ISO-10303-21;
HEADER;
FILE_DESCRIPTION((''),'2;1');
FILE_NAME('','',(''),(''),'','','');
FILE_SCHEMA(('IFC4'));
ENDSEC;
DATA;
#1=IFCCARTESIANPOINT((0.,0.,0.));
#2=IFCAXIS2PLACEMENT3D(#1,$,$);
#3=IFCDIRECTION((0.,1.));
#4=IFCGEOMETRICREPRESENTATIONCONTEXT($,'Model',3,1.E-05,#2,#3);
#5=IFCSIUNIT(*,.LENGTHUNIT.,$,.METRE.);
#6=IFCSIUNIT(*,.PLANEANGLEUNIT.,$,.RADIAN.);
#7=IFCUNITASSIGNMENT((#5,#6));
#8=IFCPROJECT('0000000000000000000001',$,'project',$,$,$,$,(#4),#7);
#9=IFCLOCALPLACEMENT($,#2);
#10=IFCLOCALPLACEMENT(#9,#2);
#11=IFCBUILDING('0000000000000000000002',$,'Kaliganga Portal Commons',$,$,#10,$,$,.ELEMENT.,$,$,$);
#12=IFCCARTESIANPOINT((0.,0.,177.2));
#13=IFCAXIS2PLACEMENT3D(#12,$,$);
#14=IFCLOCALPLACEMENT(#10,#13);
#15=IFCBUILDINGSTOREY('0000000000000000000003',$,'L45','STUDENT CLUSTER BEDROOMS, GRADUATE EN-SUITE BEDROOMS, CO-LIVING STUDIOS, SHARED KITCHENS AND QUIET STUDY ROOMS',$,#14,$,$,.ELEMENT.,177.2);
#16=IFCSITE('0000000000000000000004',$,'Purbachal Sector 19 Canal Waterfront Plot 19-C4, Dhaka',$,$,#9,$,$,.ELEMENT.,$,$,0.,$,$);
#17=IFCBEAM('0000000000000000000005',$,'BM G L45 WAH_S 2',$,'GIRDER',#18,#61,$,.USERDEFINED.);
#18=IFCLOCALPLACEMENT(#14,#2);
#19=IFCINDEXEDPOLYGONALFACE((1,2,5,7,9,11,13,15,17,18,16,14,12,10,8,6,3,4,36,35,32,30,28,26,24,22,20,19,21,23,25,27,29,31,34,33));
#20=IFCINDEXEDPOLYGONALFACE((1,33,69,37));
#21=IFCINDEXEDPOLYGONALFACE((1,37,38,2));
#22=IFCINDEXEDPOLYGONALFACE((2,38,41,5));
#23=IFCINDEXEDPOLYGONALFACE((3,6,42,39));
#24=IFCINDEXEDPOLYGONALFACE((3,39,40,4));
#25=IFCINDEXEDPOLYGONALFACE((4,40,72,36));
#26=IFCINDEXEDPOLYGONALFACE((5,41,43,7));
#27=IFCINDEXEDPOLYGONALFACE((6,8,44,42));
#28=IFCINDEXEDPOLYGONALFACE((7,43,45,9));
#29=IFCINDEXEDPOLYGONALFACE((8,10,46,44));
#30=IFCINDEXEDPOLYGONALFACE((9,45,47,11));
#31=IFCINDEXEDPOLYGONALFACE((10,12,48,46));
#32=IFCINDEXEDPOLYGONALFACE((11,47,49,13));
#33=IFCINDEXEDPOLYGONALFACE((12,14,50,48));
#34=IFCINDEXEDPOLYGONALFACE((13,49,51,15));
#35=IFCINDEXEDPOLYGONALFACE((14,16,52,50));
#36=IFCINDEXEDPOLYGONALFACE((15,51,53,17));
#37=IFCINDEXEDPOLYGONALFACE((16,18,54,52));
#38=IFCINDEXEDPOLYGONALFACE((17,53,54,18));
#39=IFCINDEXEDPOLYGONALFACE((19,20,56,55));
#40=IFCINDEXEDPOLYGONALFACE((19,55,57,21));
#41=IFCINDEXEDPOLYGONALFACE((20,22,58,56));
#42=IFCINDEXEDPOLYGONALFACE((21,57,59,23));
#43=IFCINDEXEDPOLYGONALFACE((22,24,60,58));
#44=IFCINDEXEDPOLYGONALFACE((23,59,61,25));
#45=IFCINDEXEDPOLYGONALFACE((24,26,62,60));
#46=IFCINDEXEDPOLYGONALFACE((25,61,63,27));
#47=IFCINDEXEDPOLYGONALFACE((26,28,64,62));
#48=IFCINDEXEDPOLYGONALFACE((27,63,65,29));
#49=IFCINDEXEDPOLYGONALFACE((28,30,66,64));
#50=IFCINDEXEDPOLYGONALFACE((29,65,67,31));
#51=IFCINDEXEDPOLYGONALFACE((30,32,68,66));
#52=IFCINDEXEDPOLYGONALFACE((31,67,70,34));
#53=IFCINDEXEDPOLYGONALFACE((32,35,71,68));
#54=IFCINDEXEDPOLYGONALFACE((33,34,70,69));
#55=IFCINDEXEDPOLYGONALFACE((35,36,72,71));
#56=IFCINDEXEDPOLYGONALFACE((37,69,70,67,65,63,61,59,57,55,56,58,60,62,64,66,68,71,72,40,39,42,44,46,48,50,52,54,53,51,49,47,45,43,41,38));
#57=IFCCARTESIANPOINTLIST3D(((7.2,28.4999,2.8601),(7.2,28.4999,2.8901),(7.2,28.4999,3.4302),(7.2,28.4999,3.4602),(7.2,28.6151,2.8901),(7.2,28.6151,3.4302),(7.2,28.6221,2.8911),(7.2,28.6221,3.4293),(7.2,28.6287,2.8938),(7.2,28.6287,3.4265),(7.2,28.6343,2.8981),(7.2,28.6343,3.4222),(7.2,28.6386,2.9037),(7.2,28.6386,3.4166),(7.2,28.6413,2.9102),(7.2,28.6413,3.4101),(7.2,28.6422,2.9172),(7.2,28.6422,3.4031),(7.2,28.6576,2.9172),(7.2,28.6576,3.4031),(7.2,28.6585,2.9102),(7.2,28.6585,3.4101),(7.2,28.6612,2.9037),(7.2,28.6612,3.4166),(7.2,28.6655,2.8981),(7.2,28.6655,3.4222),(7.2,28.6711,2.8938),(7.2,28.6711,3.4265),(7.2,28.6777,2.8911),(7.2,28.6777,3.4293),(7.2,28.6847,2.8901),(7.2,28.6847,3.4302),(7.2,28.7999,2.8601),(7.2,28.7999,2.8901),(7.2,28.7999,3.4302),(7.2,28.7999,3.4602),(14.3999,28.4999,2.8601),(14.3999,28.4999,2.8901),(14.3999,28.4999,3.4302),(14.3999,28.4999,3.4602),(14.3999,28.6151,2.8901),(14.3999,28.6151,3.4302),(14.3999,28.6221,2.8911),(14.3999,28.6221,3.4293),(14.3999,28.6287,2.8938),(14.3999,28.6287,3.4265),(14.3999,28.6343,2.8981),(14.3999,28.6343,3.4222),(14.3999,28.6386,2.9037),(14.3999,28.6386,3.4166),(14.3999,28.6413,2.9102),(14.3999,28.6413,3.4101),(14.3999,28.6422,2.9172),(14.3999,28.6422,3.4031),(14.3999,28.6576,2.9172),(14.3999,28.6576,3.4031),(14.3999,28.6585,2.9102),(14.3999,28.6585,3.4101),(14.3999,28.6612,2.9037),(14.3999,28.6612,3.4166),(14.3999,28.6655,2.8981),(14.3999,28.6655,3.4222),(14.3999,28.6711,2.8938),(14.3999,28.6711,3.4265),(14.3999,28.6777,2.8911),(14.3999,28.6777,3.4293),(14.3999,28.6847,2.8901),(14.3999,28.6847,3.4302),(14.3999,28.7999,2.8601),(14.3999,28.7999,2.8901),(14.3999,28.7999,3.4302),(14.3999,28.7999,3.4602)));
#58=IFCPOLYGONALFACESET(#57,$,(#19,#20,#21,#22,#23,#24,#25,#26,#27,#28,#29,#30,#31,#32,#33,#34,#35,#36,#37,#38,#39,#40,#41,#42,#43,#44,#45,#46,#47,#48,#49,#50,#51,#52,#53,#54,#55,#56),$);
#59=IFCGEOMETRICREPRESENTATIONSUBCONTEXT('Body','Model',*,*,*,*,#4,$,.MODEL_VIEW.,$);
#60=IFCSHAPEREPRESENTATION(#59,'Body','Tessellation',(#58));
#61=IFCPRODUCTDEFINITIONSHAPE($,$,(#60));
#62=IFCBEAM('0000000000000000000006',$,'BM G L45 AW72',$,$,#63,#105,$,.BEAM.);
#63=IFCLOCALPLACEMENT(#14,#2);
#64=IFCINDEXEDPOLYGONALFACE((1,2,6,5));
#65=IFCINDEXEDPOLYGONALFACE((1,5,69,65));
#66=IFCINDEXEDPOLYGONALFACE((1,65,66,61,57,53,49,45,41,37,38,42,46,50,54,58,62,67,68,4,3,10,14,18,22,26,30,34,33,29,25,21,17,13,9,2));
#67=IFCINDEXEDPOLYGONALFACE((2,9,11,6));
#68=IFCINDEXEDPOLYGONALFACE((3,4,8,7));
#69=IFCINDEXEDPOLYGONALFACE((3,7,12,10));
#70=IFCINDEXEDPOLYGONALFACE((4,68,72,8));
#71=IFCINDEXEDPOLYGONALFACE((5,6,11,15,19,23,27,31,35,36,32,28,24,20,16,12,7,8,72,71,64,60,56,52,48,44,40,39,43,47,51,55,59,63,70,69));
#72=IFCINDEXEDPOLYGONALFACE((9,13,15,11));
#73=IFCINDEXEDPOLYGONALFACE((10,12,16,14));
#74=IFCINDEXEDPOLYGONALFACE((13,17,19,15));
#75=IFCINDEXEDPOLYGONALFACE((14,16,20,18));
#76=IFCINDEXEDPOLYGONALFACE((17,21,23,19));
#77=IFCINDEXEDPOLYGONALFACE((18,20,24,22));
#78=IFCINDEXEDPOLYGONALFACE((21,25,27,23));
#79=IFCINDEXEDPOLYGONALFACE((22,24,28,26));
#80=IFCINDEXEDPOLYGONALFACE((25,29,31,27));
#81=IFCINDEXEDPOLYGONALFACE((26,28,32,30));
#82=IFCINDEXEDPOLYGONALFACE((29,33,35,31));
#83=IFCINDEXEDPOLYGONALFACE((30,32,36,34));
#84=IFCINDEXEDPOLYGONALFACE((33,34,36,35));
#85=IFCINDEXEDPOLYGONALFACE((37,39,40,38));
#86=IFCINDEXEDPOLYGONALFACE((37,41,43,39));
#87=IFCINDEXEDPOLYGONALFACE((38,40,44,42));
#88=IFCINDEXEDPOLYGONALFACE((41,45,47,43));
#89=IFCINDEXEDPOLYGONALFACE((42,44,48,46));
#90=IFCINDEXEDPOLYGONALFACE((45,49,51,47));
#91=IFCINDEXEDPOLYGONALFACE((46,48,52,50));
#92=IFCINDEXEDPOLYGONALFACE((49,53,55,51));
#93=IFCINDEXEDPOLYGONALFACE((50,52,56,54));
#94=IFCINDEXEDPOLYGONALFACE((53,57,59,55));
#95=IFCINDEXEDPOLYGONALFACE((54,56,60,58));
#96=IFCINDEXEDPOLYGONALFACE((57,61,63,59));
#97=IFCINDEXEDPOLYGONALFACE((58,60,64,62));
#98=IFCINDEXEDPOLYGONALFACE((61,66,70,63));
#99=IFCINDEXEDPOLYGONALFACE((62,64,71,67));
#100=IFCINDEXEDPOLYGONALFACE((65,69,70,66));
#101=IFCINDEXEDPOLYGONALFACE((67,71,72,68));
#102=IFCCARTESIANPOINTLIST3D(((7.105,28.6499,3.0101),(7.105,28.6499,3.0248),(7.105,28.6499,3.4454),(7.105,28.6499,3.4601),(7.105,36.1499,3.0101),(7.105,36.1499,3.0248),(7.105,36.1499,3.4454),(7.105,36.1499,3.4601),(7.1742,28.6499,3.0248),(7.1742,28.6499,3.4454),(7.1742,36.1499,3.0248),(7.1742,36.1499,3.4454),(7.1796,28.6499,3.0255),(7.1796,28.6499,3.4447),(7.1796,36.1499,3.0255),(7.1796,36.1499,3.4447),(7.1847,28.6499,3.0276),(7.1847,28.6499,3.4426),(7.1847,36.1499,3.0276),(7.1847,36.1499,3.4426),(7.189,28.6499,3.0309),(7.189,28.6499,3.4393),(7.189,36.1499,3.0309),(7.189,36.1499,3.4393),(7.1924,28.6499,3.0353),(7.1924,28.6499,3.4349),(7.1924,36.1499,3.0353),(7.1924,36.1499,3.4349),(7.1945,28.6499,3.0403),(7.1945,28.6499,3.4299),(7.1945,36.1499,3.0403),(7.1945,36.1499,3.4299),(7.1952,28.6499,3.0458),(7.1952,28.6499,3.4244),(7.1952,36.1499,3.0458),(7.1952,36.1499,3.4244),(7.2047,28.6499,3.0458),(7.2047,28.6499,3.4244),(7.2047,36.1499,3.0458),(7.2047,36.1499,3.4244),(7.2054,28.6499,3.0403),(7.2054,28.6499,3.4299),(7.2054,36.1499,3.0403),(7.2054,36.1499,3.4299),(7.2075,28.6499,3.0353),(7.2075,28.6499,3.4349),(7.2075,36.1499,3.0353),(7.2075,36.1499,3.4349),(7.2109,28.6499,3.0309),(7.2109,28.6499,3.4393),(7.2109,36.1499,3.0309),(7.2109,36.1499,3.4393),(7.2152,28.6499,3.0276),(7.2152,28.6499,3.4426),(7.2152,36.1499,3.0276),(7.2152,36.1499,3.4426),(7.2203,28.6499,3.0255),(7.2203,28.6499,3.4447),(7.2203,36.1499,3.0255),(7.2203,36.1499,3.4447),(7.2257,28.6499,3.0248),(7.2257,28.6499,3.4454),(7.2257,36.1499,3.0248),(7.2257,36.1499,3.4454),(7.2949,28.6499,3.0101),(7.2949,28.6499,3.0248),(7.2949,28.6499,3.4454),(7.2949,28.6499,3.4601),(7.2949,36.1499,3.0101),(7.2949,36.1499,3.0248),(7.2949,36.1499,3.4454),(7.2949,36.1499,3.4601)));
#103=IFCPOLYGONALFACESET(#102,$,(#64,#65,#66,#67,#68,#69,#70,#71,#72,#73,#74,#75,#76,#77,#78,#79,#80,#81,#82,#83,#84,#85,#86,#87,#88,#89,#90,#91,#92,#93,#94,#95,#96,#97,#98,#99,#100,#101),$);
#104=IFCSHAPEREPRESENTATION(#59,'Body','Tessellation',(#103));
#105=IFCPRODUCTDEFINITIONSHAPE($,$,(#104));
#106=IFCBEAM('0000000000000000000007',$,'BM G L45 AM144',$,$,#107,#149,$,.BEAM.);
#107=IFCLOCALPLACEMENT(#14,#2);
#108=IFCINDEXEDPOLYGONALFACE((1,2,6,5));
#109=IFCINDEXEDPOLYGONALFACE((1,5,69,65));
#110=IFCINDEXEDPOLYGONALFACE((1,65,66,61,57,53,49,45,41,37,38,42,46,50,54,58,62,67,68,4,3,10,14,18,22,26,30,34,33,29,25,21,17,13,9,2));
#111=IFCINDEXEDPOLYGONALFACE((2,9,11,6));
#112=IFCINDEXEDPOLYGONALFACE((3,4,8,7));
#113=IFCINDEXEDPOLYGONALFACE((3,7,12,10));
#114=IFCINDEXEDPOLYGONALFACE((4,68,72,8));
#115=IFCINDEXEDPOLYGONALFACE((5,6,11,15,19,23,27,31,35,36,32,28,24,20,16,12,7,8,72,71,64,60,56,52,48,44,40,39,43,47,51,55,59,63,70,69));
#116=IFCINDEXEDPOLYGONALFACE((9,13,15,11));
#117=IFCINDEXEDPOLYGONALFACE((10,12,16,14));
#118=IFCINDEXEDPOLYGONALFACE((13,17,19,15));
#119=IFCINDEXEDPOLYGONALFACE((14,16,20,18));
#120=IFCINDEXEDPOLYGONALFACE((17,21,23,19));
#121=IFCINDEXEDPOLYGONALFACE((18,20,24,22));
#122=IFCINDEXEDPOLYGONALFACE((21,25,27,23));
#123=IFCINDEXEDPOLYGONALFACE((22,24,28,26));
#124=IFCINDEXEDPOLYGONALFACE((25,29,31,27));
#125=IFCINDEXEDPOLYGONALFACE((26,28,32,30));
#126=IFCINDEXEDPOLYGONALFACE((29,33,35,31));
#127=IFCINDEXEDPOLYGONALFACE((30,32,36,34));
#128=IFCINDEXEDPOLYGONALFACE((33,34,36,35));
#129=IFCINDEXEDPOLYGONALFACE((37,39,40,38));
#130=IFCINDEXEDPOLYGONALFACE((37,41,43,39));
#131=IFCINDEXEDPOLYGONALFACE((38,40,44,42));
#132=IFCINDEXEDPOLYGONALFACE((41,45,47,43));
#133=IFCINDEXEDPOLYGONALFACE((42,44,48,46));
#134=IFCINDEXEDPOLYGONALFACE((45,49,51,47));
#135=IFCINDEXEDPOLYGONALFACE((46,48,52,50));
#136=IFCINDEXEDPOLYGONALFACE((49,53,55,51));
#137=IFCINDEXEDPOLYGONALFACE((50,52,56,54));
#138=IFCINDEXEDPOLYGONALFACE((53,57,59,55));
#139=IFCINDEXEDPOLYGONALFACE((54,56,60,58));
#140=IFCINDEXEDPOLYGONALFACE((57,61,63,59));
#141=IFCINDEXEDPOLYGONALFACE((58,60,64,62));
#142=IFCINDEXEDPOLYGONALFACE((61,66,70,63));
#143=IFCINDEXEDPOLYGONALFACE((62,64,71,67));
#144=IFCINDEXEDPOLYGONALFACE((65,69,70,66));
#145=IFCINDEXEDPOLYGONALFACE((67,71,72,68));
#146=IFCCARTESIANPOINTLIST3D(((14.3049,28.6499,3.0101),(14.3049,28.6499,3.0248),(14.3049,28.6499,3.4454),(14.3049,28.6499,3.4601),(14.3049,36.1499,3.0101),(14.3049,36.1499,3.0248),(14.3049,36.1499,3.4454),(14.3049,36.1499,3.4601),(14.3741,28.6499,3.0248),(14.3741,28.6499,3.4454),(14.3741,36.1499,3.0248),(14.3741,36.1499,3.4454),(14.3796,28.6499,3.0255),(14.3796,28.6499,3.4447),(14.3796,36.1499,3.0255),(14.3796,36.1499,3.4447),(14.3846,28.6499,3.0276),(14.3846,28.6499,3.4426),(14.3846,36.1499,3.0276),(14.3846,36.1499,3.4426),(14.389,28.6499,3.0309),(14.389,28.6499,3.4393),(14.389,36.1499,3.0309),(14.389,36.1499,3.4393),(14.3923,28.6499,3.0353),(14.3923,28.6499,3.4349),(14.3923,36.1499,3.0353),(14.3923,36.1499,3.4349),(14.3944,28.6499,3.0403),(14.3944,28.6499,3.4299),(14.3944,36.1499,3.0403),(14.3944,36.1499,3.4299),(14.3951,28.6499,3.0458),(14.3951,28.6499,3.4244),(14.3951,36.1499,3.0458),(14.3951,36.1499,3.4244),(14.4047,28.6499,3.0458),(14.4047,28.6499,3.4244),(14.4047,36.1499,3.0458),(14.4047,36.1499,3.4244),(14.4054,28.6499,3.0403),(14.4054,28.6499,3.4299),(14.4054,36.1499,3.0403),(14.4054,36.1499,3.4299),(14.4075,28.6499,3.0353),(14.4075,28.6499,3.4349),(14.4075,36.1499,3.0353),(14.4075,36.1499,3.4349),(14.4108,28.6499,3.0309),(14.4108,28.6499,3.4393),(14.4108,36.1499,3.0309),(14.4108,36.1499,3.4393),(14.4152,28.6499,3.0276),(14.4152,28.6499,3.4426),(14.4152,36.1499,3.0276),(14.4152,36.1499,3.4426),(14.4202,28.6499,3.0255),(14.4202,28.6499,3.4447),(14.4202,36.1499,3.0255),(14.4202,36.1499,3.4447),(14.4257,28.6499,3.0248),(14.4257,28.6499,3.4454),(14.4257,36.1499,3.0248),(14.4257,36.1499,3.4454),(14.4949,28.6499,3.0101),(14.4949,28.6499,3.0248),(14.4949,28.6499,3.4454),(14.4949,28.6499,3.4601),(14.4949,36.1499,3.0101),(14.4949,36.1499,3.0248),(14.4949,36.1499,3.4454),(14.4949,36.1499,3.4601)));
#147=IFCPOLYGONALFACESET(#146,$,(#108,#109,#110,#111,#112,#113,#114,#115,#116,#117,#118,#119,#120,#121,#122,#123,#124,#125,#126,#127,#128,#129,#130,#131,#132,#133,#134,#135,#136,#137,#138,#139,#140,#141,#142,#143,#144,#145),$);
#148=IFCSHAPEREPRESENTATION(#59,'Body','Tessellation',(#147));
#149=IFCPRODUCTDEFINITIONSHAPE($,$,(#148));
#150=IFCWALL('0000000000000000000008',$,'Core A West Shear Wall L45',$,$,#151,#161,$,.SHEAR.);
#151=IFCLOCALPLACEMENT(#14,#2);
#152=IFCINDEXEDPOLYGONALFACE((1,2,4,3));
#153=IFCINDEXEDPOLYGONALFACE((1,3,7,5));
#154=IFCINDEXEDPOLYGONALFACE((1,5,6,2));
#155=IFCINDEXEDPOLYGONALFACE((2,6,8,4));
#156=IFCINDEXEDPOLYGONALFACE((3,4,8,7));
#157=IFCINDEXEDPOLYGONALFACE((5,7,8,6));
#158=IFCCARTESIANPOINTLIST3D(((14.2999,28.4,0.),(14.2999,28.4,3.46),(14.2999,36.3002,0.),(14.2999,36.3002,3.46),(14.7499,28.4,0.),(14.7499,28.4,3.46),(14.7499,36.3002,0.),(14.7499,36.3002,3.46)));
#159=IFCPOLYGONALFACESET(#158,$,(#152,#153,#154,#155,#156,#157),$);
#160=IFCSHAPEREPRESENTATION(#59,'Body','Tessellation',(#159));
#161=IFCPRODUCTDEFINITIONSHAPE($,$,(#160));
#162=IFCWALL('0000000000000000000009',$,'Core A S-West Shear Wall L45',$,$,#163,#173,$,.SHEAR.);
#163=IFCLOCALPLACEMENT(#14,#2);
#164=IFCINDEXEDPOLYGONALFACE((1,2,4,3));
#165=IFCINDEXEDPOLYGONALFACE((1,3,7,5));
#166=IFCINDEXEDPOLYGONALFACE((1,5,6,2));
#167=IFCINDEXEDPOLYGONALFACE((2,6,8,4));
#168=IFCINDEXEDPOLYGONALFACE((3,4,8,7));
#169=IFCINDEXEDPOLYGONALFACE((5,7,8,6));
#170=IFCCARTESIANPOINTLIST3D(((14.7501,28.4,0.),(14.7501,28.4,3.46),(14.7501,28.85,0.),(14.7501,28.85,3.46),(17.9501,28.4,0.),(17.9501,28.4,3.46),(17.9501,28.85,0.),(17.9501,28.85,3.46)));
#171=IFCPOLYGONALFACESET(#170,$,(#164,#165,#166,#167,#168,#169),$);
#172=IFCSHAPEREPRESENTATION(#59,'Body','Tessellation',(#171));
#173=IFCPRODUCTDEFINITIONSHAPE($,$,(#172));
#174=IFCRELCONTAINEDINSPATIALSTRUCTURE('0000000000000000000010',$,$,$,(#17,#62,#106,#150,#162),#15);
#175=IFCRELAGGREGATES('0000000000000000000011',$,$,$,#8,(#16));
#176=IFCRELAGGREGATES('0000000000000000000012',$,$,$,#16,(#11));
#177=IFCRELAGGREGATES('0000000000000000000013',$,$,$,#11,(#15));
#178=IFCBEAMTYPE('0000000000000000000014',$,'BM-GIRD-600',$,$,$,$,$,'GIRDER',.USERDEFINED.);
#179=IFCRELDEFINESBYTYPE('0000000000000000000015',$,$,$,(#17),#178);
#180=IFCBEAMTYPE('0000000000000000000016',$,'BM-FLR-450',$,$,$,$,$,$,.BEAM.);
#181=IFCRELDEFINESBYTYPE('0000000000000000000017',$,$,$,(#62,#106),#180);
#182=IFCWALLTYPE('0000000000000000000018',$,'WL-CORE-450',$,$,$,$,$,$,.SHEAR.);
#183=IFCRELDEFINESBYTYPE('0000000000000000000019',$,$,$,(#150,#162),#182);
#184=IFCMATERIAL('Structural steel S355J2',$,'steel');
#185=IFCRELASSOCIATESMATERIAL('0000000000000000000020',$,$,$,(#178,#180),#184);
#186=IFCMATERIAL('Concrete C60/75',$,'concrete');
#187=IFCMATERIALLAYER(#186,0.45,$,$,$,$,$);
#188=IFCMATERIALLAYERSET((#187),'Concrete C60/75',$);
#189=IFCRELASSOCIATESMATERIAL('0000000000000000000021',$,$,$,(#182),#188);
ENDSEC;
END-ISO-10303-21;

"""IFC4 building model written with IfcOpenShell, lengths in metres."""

from ifc_helpers import new_model, si_unit, direction, frame, frame_2d, origin, origin_2d, place, context, subcontext, project, spatial, rectangle, i_section, extrude, source, transform, mapped, material, layer, layer_set, material_profile, profile_set, type_object, element, save


model = new_model("IFC4")

# Units and contexts
model_context = context("Model", 3, precision=1e-05, world=origin(), true_north=direction((0.0, 1.0)))
body_context = subcontext(model_context, "Body", "Model", "MODEL_VIEW")
ifc_project = project(units=[si_unit("LENGTHUNIT", "METRE"), si_unit("PLANEANGLEUNIT", "RADIAN")], contexts=[model_context])

# Site, building, storey
site_placement = place(None, origin())
site = spatial("IfcSite", under=ifc_project, at=site_placement, Name="Purbachal Sector 19 Canal Waterfront Plot 19-C4, Dhaka", CompositionType="ELEMENT", RefElevation=0.0)
building_placement = place(site_placement, origin())
building = spatial("IfcBuilding", under=site, at=building_placement, Name="Kaliganga Portal Commons", CompositionType="ELEMENT")
storey_placement = place(building_placement, frame((0.0, 0.0, 177.2)))
storey = spatial("IfcBuildingStorey", under=building, at=storey_placement, Name="L45", Description="STUDENT CLUSTER BEDROOMS, GRADUATE EN-SUITE BEDROOMS, CO-LIVING STUDIOS, SHARED KITCHENS AND QUIET STUDY ROOMS", CompositionType="ELEMENT", Elevation=177.2)

# Shared definitions
ifc_material_1 = material(Name="Concrete C60/75", Category="concrete")

# Beams
ifc_material_2 = material(Name="Structural steel S355J2", Category="steel")
ifc_material_profile_1 = material_profile(ifc_material_2, i_section(OverallWidth=0.3, OverallDepth=0.6001, WebThickness=0.0154, FlangeThickness=0.03, FilletRadius=0.0271, at=origin_2d()), Name="HE 600 B")
ifc_profile_set_1 = profile_set([ifc_material_profile_1], Name="Structural steel S355J2 wide-flange")
beam_type_1 = type_object("IfcBeamType", Name="BM-GIRD-600", ElementType="GIRDER", PredefinedType="USERDEFINED", material=ifc_profile_set_1)
shared_shape_1 = source(origin(), body_context, "Body", "SweptSolid", [
    extrude(i_section(OverallWidth=0.3, OverallDepth=0.6001, WebThickness=0.0154, FlangeThickness=0.03, FilletRadius=0.0271, at=origin_2d()), origin(), (0.0, 0.0, 1.0), 7.2),
])
beam_1_placement = place(storey_placement, frame((7.2, 28.6499, 3.1602), z_axis=(1.0, 0.0, 0.0), x_axis=(0.0, 1.0, 0.0)))
element("IfcBeam", 1, at=beam_1_placement, inside=storey, type_object=beam_type_1, Name="BM G L45 WAH_S 2", ObjectType="GIRDER", PredefinedType="USERDEFINED", context=body_context, shape_type="MappedRepresentation", body=[
    mapped(shared_shape_1, transform((0.0, 0.0, 0.0), x_axis=(1.0, 0.0, 0.0), y_axis=(0.0, 1.0, 0.0), z_axis=(0.0, 0.0, 1.0), scale=1.0)),
])
ifc_material_profile_2 = material_profile(ifc_material_2, i_section(OverallWidth=0.1899, OverallDepth=0.45, WebThickness=0.0095, FlangeThickness=0.0146, FilletRadius=0.021, at=origin_2d()), Name="IPE 450")
ifc_profile_set_2 = profile_set([ifc_material_profile_2], Name="Structural steel S355J2 wide-flange")
beam_type_2 = type_object("IfcBeamType", Name="BM-FLR-450", PredefinedType="BEAM", material=ifc_profile_set_2)
shared_shape_2 = source(origin(), body_context, "Body", "SweptSolid", [
    extrude(i_section(OverallWidth=0.1899, OverallDepth=0.45, WebThickness=0.0095, FlangeThickness=0.0146, FilletRadius=0.021, at=origin_2d()), origin(), (0.0, 0.0, 1.0), 7.5),
])
for number, where, z_axis, x_axis, name in (
    (2, (7.2, 28.6499, 3.2351), (0.0, 1.0, 0.0), (-1.0, 0.0, 0.0), "BM G L45 AW72"),
    (3, (14.3999, 28.6499, 3.2351), (0.0, 1.0, 0.0), (-1.0, 0.0, 0.0), "BM G L45 AM144"),
):
    element("IfcBeam", number, at=place(storey_placement, frame(where, z_axis=z_axis, x_axis=x_axis)), inside=storey, type_object=beam_type_2, Name=name, PredefinedType="BEAM", context=body_context, shape_type="MappedRepresentation", body=[
        mapped(shared_shape_2, transform((0.0, 0.0, 0.0), x_axis=(1.0, 0.0, 0.0), y_axis=(0.0, 1.0, 0.0), z_axis=(0.0, 0.0, 1.0), scale=1.0)),
    ])

# Walls
ifc_layer_1 = layer(ifc_material_1, 0.45)
ifc_layer_set_1 = layer_set([ifc_layer_1], Name="Concrete C60/75")
wall_type_1 = type_object("IfcWallType", Name="WL-CORE-450", PredefinedType="SHEAR", material=ifc_layer_set_1)
wall_1_placement = place(storey_placement, frame((14.5249, 28.3999, 0.0), z_axis=(0.0, 0.0, 1.0), x_axis=(0.0, 1.0, 0.0)))
element("IfcWall", 4, at=wall_1_placement, inside=storey, type_object=wall_type_1, Name="Core A West Shear Wall L45", PredefinedType="SHEAR", context=body_context, shape_type="SweptSolid", body=[
    extrude(rectangle(XDim=7.9001, YDim=0.45, at=frame_2d((3.9502, 0.0))), origin(), (0.0, 0.0, 1.0), 3.46),
])
wall_2_placement = place(storey_placement, frame((14.75, 28.625, 0.0), z_axis=(0.0, 0.0, 1.0), x_axis=(1.0, 0.0, 0.0)))
element("IfcWall", 5, at=wall_2_placement, inside=storey, type_object=wall_type_1, Name="Core A S-West Shear Wall L45", PredefinedType="SHEAR", context=body_context, shape_type="SweptSolid", body=[
    extrude(rectangle(XDim=3.2, YDim=0.45, at=frame_2d((1.6001, 0.0))), origin(), (0.0, 0.0, 1.0), 3.46),
])

save(model, "model.ifc")
